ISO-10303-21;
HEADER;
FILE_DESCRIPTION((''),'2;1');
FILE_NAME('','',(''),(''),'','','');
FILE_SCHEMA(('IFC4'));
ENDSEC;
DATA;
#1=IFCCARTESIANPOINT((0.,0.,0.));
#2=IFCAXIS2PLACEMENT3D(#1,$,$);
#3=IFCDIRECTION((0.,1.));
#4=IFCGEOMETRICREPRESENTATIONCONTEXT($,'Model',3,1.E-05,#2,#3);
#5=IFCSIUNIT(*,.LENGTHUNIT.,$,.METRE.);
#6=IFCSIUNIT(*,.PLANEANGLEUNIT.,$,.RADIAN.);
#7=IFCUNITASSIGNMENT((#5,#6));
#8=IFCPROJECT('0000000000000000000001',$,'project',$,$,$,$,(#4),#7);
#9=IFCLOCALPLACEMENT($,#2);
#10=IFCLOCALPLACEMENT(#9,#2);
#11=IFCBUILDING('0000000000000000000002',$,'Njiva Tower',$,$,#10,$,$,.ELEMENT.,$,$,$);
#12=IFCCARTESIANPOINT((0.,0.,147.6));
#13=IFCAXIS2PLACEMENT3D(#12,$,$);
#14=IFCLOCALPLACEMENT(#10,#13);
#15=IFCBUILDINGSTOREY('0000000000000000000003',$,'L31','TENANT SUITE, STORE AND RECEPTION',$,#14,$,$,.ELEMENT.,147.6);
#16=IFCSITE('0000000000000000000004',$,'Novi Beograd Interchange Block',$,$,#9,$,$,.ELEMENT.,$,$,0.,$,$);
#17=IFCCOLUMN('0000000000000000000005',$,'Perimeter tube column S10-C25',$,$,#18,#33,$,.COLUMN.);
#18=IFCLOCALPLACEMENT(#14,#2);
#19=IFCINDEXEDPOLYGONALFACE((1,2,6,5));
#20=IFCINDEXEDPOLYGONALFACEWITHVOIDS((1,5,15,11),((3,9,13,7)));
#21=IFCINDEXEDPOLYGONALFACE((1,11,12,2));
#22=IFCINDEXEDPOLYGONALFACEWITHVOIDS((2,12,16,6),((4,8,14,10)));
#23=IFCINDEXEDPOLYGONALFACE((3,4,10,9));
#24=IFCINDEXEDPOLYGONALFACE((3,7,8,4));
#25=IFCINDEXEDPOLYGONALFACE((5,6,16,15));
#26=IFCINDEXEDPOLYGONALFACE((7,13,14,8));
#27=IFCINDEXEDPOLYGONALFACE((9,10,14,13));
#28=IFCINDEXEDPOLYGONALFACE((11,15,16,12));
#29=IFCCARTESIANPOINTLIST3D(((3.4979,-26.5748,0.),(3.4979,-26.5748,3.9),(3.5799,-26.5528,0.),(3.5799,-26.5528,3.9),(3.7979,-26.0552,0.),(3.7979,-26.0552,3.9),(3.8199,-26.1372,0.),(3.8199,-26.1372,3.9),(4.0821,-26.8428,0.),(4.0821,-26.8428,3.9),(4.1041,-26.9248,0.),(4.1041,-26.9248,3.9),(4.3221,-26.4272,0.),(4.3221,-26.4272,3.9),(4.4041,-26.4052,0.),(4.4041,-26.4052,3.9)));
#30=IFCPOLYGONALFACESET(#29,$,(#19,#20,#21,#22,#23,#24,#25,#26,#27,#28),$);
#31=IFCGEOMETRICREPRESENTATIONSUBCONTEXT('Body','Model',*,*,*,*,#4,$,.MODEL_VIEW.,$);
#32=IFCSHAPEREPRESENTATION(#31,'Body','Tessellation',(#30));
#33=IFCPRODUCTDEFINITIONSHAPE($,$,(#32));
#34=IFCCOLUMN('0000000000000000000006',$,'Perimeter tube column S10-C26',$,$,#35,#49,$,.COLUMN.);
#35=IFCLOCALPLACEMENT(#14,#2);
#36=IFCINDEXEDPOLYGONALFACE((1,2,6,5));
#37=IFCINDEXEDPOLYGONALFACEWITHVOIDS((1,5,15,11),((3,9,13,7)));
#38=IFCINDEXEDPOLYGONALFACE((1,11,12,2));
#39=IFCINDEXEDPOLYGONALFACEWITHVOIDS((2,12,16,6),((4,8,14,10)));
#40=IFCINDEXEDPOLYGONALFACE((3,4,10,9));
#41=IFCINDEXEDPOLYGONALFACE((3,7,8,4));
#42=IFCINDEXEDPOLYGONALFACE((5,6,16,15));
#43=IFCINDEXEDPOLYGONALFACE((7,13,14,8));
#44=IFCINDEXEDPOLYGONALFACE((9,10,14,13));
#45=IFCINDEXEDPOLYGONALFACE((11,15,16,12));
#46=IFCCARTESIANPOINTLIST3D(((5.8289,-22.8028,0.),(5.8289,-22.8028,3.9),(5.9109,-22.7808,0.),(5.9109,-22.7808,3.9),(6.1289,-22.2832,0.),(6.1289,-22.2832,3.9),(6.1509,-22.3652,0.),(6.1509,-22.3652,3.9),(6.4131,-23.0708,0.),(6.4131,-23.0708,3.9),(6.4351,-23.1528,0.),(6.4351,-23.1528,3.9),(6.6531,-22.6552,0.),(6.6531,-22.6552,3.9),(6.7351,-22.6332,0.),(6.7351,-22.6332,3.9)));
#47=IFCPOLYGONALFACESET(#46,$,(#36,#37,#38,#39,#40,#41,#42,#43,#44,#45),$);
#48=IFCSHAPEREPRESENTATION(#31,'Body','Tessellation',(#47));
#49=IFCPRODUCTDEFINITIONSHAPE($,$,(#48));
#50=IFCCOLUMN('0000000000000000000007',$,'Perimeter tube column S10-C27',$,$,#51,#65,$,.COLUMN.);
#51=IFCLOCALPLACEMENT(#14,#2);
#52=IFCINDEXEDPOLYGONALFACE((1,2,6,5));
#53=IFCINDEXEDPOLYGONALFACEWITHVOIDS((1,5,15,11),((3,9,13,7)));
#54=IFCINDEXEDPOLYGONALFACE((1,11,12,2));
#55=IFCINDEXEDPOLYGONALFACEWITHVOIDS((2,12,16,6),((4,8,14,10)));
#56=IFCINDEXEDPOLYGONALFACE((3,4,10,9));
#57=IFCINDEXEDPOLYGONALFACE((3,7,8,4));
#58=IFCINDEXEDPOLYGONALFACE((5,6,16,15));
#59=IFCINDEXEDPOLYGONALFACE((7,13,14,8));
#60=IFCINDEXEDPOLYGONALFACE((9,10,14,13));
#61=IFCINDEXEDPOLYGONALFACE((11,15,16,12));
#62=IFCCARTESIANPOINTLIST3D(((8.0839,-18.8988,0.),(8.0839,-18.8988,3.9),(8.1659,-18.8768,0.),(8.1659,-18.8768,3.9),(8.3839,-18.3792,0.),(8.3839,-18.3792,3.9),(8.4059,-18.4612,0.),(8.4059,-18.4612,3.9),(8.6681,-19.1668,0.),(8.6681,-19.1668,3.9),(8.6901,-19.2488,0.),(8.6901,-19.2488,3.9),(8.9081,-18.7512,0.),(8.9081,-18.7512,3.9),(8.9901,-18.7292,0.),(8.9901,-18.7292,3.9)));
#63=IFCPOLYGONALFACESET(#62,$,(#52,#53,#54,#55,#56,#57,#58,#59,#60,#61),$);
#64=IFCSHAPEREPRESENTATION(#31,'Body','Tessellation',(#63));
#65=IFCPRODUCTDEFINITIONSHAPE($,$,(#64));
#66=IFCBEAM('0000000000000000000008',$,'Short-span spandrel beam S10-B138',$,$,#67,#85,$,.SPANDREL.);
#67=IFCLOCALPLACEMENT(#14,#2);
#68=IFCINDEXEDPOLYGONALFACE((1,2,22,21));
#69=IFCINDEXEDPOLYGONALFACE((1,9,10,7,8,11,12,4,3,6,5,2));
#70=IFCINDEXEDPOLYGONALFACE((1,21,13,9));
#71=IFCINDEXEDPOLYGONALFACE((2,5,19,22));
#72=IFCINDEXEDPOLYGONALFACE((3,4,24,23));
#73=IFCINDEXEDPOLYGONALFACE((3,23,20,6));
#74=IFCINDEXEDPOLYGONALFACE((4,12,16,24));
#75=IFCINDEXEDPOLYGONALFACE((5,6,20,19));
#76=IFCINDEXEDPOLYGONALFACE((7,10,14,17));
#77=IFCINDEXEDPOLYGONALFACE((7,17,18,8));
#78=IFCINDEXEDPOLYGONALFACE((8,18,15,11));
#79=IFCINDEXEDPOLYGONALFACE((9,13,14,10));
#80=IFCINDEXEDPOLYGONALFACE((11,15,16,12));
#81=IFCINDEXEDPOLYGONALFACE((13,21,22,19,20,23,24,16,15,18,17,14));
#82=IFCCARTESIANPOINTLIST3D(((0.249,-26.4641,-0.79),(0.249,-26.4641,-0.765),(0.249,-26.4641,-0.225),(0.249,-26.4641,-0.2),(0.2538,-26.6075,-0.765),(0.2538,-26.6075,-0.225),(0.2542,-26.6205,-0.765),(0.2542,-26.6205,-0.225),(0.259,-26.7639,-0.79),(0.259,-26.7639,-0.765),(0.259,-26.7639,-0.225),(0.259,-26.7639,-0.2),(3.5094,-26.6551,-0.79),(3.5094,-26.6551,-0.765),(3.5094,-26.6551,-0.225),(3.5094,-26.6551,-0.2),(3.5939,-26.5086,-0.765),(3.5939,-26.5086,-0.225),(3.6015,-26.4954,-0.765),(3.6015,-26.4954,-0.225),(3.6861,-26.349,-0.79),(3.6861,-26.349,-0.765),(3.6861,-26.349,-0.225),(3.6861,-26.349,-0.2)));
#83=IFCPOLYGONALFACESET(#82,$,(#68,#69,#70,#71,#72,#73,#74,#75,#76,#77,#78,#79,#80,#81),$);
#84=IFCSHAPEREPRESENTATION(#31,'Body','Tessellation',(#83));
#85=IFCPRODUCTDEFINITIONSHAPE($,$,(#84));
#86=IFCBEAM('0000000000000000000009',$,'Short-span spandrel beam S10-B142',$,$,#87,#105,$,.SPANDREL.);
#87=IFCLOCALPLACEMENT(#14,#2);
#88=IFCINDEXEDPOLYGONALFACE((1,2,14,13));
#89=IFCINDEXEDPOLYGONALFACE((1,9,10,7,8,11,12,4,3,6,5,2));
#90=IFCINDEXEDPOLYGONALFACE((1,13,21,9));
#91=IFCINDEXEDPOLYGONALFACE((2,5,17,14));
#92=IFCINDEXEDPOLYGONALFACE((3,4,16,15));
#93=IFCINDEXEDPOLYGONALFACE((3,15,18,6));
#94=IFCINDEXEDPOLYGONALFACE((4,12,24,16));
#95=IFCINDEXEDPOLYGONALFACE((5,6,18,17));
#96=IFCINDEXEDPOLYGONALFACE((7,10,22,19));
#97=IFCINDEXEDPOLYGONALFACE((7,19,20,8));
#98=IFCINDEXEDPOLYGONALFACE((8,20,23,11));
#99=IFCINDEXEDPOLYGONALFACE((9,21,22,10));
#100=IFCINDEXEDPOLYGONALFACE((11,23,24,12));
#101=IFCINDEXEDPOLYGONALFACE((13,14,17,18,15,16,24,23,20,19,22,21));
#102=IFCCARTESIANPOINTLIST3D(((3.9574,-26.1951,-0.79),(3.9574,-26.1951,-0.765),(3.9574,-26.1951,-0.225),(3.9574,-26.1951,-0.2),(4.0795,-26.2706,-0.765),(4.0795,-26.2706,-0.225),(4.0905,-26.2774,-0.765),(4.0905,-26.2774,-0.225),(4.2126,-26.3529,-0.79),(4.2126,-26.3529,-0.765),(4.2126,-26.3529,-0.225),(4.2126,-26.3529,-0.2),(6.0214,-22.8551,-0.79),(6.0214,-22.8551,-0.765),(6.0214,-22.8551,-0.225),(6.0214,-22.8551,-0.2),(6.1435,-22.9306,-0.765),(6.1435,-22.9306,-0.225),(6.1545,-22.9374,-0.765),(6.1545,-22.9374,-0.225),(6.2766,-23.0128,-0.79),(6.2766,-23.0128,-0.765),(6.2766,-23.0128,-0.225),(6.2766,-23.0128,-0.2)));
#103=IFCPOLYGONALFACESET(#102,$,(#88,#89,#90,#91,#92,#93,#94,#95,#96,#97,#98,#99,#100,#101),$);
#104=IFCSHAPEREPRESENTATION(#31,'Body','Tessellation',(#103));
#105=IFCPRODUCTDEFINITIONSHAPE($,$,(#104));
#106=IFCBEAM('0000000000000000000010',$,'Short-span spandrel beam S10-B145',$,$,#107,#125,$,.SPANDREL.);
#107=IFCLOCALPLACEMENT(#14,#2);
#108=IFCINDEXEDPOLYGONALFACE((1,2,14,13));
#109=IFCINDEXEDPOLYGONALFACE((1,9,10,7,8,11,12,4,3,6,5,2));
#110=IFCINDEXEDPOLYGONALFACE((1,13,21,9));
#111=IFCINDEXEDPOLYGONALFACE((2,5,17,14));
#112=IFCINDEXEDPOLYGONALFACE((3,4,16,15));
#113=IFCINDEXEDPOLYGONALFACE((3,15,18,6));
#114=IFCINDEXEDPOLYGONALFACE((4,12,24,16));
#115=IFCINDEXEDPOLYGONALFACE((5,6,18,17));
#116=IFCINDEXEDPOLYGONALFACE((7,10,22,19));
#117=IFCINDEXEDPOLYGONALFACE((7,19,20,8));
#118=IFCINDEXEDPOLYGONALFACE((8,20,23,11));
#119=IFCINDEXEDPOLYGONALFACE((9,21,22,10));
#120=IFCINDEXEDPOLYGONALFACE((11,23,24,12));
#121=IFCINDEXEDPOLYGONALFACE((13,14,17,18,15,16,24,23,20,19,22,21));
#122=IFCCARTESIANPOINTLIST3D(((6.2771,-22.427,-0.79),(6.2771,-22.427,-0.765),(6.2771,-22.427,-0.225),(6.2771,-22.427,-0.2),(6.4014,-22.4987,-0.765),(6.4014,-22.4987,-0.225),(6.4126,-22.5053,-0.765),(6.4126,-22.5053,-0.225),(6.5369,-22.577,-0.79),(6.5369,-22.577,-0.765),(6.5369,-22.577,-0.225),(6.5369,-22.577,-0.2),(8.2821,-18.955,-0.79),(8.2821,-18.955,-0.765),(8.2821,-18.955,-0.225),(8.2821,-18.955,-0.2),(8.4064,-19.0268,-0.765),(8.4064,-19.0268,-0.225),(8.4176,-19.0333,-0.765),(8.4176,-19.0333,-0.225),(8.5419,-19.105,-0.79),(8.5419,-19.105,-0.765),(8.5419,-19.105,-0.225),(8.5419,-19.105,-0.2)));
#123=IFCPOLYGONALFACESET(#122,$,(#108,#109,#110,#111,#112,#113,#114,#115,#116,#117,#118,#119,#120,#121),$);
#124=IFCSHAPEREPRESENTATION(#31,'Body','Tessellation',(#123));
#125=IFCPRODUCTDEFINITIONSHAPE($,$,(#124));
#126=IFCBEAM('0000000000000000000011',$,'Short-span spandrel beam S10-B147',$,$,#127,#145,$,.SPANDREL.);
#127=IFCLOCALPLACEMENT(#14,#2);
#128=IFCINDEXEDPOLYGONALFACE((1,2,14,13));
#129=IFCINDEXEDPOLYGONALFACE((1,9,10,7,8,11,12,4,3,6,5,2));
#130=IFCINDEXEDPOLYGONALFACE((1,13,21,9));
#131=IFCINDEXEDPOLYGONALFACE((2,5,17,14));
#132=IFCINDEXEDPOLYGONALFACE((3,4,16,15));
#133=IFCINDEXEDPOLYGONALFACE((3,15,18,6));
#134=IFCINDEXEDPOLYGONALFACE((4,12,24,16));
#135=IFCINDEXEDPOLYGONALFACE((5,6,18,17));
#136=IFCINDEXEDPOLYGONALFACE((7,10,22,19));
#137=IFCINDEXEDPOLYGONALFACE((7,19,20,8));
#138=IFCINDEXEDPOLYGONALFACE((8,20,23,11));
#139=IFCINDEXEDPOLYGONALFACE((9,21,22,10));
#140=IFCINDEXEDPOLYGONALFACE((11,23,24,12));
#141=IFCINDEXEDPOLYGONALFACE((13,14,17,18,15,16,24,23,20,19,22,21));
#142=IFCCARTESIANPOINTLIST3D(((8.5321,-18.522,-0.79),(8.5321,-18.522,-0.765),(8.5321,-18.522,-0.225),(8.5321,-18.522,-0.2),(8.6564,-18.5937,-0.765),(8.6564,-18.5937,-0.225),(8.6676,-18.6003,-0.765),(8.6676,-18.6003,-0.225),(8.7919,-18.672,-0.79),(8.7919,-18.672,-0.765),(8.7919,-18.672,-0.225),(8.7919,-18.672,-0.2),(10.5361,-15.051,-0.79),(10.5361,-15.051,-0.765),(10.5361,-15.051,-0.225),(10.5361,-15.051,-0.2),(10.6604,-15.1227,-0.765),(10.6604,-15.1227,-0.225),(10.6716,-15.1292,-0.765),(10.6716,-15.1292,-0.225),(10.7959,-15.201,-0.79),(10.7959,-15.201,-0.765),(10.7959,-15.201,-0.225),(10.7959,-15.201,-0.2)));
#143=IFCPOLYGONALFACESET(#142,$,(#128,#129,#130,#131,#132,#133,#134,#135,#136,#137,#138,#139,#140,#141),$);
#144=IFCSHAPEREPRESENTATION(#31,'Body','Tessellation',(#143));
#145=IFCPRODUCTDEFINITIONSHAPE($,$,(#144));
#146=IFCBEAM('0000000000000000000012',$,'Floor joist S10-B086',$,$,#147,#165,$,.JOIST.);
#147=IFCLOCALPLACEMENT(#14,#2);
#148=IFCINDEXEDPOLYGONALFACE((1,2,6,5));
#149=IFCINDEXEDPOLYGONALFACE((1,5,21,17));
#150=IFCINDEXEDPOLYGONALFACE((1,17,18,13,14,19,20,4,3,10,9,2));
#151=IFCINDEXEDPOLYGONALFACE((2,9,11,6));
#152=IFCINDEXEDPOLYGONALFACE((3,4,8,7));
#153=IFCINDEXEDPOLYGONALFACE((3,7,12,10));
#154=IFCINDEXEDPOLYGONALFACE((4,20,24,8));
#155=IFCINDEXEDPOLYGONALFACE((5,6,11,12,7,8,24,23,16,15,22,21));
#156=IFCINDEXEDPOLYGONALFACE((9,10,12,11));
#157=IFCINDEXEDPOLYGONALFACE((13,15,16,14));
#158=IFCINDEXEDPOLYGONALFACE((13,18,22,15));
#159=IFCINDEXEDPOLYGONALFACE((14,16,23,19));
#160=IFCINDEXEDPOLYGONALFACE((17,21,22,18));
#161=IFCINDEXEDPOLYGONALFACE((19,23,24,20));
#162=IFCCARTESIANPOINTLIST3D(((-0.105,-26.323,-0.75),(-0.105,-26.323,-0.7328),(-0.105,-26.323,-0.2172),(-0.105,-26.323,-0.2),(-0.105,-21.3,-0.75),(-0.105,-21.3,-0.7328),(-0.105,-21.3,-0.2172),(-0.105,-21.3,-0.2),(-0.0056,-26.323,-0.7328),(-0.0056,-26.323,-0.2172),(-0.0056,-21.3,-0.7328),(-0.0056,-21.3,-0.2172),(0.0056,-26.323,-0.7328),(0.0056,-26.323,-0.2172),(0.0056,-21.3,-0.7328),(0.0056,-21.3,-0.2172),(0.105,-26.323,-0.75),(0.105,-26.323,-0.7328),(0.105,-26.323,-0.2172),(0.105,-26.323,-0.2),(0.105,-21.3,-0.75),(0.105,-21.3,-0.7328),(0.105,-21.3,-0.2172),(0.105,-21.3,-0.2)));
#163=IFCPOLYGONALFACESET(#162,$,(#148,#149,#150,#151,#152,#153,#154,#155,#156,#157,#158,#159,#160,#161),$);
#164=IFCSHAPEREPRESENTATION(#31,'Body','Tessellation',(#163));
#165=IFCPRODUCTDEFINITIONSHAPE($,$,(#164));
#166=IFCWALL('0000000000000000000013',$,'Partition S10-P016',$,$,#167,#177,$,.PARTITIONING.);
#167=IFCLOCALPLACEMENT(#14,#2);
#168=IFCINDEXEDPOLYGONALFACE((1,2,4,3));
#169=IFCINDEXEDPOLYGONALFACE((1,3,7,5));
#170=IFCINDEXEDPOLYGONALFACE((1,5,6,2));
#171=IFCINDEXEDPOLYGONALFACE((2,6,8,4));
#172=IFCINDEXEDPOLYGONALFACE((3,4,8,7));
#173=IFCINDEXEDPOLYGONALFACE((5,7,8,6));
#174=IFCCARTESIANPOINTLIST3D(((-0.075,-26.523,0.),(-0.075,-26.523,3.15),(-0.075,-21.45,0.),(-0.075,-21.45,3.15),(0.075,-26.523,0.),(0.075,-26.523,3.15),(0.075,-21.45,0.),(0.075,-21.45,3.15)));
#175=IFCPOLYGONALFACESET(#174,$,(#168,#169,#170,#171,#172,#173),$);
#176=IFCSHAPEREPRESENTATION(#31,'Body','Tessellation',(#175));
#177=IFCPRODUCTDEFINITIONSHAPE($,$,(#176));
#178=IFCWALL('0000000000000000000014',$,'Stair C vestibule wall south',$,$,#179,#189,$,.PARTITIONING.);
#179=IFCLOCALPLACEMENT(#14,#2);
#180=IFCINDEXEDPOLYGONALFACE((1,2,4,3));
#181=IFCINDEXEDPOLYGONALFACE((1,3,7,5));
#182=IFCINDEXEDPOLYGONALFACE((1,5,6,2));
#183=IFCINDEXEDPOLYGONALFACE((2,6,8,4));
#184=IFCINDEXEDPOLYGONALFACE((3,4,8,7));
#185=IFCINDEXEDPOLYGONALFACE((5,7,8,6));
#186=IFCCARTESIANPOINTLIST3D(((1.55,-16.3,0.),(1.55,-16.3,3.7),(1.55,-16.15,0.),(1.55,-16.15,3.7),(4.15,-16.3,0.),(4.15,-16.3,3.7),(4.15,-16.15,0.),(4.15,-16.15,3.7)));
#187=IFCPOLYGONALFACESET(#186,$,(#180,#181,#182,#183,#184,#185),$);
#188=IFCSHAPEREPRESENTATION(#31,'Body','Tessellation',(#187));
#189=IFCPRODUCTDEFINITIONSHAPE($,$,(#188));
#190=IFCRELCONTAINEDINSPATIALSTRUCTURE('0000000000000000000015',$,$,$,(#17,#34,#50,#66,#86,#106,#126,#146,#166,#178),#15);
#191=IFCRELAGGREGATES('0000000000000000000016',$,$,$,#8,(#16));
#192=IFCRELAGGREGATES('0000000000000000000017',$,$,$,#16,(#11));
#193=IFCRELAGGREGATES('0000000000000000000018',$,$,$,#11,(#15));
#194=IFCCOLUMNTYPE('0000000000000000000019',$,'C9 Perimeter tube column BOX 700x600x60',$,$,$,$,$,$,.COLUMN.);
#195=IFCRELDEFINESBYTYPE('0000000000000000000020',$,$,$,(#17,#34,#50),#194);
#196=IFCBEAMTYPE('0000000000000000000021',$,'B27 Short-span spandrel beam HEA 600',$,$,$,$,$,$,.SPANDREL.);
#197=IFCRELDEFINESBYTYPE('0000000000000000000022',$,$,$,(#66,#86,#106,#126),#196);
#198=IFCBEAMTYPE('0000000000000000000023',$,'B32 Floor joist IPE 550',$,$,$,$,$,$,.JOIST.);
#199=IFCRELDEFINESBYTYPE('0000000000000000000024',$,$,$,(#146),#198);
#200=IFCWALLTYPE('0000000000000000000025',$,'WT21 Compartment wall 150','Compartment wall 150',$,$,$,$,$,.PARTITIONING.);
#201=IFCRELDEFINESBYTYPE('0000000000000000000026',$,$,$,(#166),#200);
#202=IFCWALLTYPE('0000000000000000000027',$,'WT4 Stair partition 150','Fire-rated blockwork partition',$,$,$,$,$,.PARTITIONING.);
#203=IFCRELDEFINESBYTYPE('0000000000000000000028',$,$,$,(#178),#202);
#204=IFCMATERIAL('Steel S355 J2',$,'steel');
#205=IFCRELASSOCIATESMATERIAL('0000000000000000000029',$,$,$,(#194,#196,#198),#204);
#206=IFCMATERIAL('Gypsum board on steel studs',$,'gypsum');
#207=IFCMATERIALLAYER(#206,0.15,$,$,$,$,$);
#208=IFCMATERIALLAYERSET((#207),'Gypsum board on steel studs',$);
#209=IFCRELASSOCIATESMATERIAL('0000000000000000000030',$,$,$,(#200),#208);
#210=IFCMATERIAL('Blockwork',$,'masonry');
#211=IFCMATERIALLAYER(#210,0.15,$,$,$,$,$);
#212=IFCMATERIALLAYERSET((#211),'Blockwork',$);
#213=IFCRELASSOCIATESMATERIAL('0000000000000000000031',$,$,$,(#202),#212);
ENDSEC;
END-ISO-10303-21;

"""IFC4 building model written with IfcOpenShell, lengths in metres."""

from ifc_helpers import new_model, si_unit, direction, frame, frame_2d, origin, origin_2d, place, context, subcontext, project, spatial, rectangle, hollow_rectangle, i_section, extrude, clip, halfspace, material, layer, layer_set, material_profile, profile_set, type_object, element, save


model = new_model("IFC4")

# Units and contexts
model_context = context("Model", 3, precision=1e-05, world=origin(), true_north=direction((0.0, 1.0)))
body_context = subcontext(model_context, "Body", "Model", "MODEL_VIEW")
ifc_project = project(units=[si_unit("LENGTHUNIT", "METRE"), si_unit("PLANEANGLEUNIT", "RADIAN")], contexts=[model_context])

# Site, building, storey
site_placement = place(None, origin())
site = spatial("IfcSite", under=ifc_project, at=site_placement, Name="Novi Beograd Interchange Block", CompositionType="ELEMENT", RefElevation=0.0)
building_placement = place(site_placement, origin())
building = spatial("IfcBuilding", under=site, at=building_placement, Name="Njiva Tower", CompositionType="ELEMENT")
storey_placement = place(building_placement, frame((0.0, 0.0, 147.6)))
storey = spatial("IfcBuildingStorey", under=building, at=storey_placement, Name="L31", Description="TENANT SUITE, STORE AND RECEPTION", CompositionType="ELEMENT", Elevation=147.6)

# Columns
ifc_material_1 = material(Name="Steel S355 J2", Category="steel")
ifc_material_profile_1 = material_profile(ifc_material_1, hollow_rectangle(XDim=0.6, YDim=0.7, WallThickness=0.06, at=origin_2d()), Name="BOX 700x600x60")
ifc_profile_set_1 = profile_set([ifc_material_profile_1], Name="Steel S355 J2")
column_type = type_object("IfcColumnType", Name="C9 Perimeter tube column BOX 700x600x60", PredefinedType="COLUMN", material=ifc_profile_set_1)
for number, where, z_axis, x_axis, name in (
    (1, (3.951, -26.49, 0.0), (0.0, 0.0, 1.0), (0.5, 0.866025, 0.0), "Perimeter tube column S10-C25"),
    (2, (6.282, -22.718, 0.0), (0.0, 0.0, 1.0), (0.5, 0.866025, 0.0), "Perimeter tube column S10-C26"),
    (3, (8.537, -18.814, 0.0), (0.0, 0.0, 1.0), (0.5, 0.866025, 0.0), "Perimeter tube column S10-C27"),
):
    element("IfcColumn", number, at=place(storey_placement, frame(where, z_axis=z_axis, x_axis=x_axis)), inside=storey, type_object=column_type, Name=name, PredefinedType="COLUMN", context=body_context, shape_type="SweptSolid", body=[
        extrude(hollow_rectangle(XDim=0.6, YDim=0.7, WallThickness=0.06, at=origin_2d()), origin(), (0.0, 0.0, 1.0), 3.9),
    ])

# Beams
ifc_material_profile_2 = material_profile(ifc_material_1, i_section(OverallWidth=0.3, OverallDepth=0.59, WebThickness=0.013, FlangeThickness=0.025, at=origin_2d()), Name="HEA 600")
ifc_profile_set_2 = profile_set([ifc_material_profile_2], Name="Steel S355 J2")
beam_type_1 = type_object("IfcBeamType", Name="B27 Short-span spandrel beam HEA 600", PredefinedType="SPANDREL", material=ifc_profile_set_2)
beam_1_placement = place(storey_placement, frame((0.254, -26.614, -0.495), z_axis=(0.99944, 0.033474, 0.0), x_axis=(-0.033474, 0.99944, 0.0)))
element("IfcBeam", 4, at=beam_1_placement, inside=storey, type_object=beam_type_1, Name="Short-span spandrel beam S10-B138", PredefinedType="SPANDREL", context=body_context, shape_type="Clipping", body=[
    clip(extrude(i_section(OverallWidth=0.3, OverallDepth=0.59, WebThickness=0.013, FlangeThickness=0.025, at=origin_2d()), origin(), (0.0, 0.0, 1.0), 3.4589), halfspace(frame((-0.026, 0.0, 3.3294), z_axis=(-0.528707, 0.0, 0.848804), x_axis=(0.0, 1.0, 0.0)), False)),
])
beam_2_placement = place(storey_placement, frame((4.085, -26.274, -0.495), z_axis=(0.525688, 0.850677, 0.0), x_axis=(-0.850677, 0.525688, 0.0)))
element("IfcBeam", 5, at=beam_2_placement, inside=storey, type_object=beam_type_1, Name="Short-span spandrel beam S10-B142", PredefinedType="SPANDREL", context=body_context, shape_type="SweptSolid", body=[
    extrude(i_section(OverallWidth=0.3, OverallDepth=0.59, WebThickness=0.013, FlangeThickness=0.025, at=origin_2d()), origin(), (0.0, 0.0, 1.0), 3.9263),
])
beam_3_placement = place(storey_placement, frame((6.407, -22.502, -0.495), z_axis=(0.500082, 0.865978, 0.0), x_axis=(-0.865978, 0.500082, 0.0)))
element("IfcBeam", 6, at=beam_3_placement, inside=storey, type_object=beam_type_1, Name="Short-span spandrel beam S10-B145", PredefinedType="SPANDREL", context=body_context, shape_type="SweptSolid", body=[
    extrude(i_section(OverallWidth=0.3, OverallDepth=0.59, WebThickness=0.013, FlangeThickness=0.025, at=origin_2d()), origin(), (0.0, 0.0, 1.0), 4.0093),
])
beam_4_placement = place(storey_placement, frame((8.662, -18.597, -0.495), z_axis=(0.500003, 0.866024, 0.0), x_axis=(-0.866024, 0.500003, 0.0)))
element("IfcBeam", 7, at=beam_4_placement, inside=storey, type_object=beam_type_1, Name="Short-span spandrel beam S10-B147", PredefinedType="SPANDREL", context=body_context, shape_type="SweptSolid", body=[
    extrude(i_section(OverallWidth=0.3, OverallDepth=0.59, WebThickness=0.013, FlangeThickness=0.025, at=origin_2d()), origin(), (0.0, 0.0, 1.0), 4.008),
])
ifc_material_profile_3 = material_profile(ifc_material_1, i_section(OverallWidth=0.21, OverallDepth=0.55, WebThickness=0.0111, FlangeThickness=0.0172, at=origin_2d()), Name="IPE 550")
ifc_profile_set_3 = profile_set([ifc_material_profile_3], Name="Steel S355 J2")
beam_type_2 = type_object("IfcBeamType", Name="B32 Floor joist IPE 550", PredefinedType="JOIST", material=ifc_profile_set_3)
beam_5_placement = place(storey_placement, frame((0.0, -21.3, -0.475), z_axis=(0.0, -1.0, 0.0), x_axis=(1.0, 0.0, 0.0)))
element("IfcBeam", 8, at=beam_5_placement, inside=storey, type_object=beam_type_2, Name="Floor joist S10-B086", PredefinedType="JOIST", context=body_context, shape_type="SweptSolid", body=[
    extrude(i_section(OverallWidth=0.21, OverallDepth=0.55, WebThickness=0.0111, FlangeThickness=0.0172, at=origin_2d()), origin(), (0.0, 0.0, 1.0), 5.023),
])

# Walls
ifc_material_2 = material(Name="Gypsum board on steel studs", Category="gypsum")
ifc_layer_1 = layer(ifc_material_2, 0.15)
ifc_layer_set_1 = layer_set([ifc_layer_1], Name="Gypsum board on steel studs")
wall_type_1 = type_object("IfcWallType", Name="WT21 Compartment wall 150", Description="Compartment wall 150", PredefinedType="PARTITIONING", material=ifc_layer_set_1)
wall_1_placement = place(storey_placement, frame((0.0, -26.523, 0.0), z_axis=(0.0, 0.0, 1.0), x_axis=(0.0, 1.0, 0.0)))
element("IfcWall", 9, at=wall_1_placement, inside=storey, type_object=wall_type_1, Name="Partition S10-P016", PredefinedType="PARTITIONING", context=body_context, shape_type="SweptSolid", body=[
    extrude(rectangle(XDim=5.073, YDim=0.15, at=frame_2d((2.5365, 0.0))), origin(), (0.0, 0.0, 1.0), 3.15),
])
ifc_material_3 = material(Name="Blockwork", Category="masonry")
ifc_layer_2 = layer(ifc_material_3, 0.15)
ifc_layer_set_2 = layer_set([ifc_layer_2], Name="Blockwork")
wall_type_2 = type_object("IfcWallType", Name="WT4 Stair partition 150", Description="Fire-rated blockwork partition", PredefinedType="PARTITIONING", material=ifc_layer_set_2)
wall_2_placement = place(storey_placement, frame((1.55, -16.225, 0.0), z_axis=(0.0, 0.0, 1.0), x_axis=(1.0, 0.0, 0.0)))
element("IfcWall", 10, at=wall_2_placement, inside=storey, type_object=wall_type_2, Name="Stair C vestibule wall south", PredefinedType="PARTITIONING", context=body_context, shape_type="SweptSolid", body=[
    extrude(rectangle(XDim=2.6, YDim=0.15, at=frame_2d((1.3, 0.0))), origin(), (0.0, 0.0, 1.0), 3.7),
])

save(model, "model.ifc")
